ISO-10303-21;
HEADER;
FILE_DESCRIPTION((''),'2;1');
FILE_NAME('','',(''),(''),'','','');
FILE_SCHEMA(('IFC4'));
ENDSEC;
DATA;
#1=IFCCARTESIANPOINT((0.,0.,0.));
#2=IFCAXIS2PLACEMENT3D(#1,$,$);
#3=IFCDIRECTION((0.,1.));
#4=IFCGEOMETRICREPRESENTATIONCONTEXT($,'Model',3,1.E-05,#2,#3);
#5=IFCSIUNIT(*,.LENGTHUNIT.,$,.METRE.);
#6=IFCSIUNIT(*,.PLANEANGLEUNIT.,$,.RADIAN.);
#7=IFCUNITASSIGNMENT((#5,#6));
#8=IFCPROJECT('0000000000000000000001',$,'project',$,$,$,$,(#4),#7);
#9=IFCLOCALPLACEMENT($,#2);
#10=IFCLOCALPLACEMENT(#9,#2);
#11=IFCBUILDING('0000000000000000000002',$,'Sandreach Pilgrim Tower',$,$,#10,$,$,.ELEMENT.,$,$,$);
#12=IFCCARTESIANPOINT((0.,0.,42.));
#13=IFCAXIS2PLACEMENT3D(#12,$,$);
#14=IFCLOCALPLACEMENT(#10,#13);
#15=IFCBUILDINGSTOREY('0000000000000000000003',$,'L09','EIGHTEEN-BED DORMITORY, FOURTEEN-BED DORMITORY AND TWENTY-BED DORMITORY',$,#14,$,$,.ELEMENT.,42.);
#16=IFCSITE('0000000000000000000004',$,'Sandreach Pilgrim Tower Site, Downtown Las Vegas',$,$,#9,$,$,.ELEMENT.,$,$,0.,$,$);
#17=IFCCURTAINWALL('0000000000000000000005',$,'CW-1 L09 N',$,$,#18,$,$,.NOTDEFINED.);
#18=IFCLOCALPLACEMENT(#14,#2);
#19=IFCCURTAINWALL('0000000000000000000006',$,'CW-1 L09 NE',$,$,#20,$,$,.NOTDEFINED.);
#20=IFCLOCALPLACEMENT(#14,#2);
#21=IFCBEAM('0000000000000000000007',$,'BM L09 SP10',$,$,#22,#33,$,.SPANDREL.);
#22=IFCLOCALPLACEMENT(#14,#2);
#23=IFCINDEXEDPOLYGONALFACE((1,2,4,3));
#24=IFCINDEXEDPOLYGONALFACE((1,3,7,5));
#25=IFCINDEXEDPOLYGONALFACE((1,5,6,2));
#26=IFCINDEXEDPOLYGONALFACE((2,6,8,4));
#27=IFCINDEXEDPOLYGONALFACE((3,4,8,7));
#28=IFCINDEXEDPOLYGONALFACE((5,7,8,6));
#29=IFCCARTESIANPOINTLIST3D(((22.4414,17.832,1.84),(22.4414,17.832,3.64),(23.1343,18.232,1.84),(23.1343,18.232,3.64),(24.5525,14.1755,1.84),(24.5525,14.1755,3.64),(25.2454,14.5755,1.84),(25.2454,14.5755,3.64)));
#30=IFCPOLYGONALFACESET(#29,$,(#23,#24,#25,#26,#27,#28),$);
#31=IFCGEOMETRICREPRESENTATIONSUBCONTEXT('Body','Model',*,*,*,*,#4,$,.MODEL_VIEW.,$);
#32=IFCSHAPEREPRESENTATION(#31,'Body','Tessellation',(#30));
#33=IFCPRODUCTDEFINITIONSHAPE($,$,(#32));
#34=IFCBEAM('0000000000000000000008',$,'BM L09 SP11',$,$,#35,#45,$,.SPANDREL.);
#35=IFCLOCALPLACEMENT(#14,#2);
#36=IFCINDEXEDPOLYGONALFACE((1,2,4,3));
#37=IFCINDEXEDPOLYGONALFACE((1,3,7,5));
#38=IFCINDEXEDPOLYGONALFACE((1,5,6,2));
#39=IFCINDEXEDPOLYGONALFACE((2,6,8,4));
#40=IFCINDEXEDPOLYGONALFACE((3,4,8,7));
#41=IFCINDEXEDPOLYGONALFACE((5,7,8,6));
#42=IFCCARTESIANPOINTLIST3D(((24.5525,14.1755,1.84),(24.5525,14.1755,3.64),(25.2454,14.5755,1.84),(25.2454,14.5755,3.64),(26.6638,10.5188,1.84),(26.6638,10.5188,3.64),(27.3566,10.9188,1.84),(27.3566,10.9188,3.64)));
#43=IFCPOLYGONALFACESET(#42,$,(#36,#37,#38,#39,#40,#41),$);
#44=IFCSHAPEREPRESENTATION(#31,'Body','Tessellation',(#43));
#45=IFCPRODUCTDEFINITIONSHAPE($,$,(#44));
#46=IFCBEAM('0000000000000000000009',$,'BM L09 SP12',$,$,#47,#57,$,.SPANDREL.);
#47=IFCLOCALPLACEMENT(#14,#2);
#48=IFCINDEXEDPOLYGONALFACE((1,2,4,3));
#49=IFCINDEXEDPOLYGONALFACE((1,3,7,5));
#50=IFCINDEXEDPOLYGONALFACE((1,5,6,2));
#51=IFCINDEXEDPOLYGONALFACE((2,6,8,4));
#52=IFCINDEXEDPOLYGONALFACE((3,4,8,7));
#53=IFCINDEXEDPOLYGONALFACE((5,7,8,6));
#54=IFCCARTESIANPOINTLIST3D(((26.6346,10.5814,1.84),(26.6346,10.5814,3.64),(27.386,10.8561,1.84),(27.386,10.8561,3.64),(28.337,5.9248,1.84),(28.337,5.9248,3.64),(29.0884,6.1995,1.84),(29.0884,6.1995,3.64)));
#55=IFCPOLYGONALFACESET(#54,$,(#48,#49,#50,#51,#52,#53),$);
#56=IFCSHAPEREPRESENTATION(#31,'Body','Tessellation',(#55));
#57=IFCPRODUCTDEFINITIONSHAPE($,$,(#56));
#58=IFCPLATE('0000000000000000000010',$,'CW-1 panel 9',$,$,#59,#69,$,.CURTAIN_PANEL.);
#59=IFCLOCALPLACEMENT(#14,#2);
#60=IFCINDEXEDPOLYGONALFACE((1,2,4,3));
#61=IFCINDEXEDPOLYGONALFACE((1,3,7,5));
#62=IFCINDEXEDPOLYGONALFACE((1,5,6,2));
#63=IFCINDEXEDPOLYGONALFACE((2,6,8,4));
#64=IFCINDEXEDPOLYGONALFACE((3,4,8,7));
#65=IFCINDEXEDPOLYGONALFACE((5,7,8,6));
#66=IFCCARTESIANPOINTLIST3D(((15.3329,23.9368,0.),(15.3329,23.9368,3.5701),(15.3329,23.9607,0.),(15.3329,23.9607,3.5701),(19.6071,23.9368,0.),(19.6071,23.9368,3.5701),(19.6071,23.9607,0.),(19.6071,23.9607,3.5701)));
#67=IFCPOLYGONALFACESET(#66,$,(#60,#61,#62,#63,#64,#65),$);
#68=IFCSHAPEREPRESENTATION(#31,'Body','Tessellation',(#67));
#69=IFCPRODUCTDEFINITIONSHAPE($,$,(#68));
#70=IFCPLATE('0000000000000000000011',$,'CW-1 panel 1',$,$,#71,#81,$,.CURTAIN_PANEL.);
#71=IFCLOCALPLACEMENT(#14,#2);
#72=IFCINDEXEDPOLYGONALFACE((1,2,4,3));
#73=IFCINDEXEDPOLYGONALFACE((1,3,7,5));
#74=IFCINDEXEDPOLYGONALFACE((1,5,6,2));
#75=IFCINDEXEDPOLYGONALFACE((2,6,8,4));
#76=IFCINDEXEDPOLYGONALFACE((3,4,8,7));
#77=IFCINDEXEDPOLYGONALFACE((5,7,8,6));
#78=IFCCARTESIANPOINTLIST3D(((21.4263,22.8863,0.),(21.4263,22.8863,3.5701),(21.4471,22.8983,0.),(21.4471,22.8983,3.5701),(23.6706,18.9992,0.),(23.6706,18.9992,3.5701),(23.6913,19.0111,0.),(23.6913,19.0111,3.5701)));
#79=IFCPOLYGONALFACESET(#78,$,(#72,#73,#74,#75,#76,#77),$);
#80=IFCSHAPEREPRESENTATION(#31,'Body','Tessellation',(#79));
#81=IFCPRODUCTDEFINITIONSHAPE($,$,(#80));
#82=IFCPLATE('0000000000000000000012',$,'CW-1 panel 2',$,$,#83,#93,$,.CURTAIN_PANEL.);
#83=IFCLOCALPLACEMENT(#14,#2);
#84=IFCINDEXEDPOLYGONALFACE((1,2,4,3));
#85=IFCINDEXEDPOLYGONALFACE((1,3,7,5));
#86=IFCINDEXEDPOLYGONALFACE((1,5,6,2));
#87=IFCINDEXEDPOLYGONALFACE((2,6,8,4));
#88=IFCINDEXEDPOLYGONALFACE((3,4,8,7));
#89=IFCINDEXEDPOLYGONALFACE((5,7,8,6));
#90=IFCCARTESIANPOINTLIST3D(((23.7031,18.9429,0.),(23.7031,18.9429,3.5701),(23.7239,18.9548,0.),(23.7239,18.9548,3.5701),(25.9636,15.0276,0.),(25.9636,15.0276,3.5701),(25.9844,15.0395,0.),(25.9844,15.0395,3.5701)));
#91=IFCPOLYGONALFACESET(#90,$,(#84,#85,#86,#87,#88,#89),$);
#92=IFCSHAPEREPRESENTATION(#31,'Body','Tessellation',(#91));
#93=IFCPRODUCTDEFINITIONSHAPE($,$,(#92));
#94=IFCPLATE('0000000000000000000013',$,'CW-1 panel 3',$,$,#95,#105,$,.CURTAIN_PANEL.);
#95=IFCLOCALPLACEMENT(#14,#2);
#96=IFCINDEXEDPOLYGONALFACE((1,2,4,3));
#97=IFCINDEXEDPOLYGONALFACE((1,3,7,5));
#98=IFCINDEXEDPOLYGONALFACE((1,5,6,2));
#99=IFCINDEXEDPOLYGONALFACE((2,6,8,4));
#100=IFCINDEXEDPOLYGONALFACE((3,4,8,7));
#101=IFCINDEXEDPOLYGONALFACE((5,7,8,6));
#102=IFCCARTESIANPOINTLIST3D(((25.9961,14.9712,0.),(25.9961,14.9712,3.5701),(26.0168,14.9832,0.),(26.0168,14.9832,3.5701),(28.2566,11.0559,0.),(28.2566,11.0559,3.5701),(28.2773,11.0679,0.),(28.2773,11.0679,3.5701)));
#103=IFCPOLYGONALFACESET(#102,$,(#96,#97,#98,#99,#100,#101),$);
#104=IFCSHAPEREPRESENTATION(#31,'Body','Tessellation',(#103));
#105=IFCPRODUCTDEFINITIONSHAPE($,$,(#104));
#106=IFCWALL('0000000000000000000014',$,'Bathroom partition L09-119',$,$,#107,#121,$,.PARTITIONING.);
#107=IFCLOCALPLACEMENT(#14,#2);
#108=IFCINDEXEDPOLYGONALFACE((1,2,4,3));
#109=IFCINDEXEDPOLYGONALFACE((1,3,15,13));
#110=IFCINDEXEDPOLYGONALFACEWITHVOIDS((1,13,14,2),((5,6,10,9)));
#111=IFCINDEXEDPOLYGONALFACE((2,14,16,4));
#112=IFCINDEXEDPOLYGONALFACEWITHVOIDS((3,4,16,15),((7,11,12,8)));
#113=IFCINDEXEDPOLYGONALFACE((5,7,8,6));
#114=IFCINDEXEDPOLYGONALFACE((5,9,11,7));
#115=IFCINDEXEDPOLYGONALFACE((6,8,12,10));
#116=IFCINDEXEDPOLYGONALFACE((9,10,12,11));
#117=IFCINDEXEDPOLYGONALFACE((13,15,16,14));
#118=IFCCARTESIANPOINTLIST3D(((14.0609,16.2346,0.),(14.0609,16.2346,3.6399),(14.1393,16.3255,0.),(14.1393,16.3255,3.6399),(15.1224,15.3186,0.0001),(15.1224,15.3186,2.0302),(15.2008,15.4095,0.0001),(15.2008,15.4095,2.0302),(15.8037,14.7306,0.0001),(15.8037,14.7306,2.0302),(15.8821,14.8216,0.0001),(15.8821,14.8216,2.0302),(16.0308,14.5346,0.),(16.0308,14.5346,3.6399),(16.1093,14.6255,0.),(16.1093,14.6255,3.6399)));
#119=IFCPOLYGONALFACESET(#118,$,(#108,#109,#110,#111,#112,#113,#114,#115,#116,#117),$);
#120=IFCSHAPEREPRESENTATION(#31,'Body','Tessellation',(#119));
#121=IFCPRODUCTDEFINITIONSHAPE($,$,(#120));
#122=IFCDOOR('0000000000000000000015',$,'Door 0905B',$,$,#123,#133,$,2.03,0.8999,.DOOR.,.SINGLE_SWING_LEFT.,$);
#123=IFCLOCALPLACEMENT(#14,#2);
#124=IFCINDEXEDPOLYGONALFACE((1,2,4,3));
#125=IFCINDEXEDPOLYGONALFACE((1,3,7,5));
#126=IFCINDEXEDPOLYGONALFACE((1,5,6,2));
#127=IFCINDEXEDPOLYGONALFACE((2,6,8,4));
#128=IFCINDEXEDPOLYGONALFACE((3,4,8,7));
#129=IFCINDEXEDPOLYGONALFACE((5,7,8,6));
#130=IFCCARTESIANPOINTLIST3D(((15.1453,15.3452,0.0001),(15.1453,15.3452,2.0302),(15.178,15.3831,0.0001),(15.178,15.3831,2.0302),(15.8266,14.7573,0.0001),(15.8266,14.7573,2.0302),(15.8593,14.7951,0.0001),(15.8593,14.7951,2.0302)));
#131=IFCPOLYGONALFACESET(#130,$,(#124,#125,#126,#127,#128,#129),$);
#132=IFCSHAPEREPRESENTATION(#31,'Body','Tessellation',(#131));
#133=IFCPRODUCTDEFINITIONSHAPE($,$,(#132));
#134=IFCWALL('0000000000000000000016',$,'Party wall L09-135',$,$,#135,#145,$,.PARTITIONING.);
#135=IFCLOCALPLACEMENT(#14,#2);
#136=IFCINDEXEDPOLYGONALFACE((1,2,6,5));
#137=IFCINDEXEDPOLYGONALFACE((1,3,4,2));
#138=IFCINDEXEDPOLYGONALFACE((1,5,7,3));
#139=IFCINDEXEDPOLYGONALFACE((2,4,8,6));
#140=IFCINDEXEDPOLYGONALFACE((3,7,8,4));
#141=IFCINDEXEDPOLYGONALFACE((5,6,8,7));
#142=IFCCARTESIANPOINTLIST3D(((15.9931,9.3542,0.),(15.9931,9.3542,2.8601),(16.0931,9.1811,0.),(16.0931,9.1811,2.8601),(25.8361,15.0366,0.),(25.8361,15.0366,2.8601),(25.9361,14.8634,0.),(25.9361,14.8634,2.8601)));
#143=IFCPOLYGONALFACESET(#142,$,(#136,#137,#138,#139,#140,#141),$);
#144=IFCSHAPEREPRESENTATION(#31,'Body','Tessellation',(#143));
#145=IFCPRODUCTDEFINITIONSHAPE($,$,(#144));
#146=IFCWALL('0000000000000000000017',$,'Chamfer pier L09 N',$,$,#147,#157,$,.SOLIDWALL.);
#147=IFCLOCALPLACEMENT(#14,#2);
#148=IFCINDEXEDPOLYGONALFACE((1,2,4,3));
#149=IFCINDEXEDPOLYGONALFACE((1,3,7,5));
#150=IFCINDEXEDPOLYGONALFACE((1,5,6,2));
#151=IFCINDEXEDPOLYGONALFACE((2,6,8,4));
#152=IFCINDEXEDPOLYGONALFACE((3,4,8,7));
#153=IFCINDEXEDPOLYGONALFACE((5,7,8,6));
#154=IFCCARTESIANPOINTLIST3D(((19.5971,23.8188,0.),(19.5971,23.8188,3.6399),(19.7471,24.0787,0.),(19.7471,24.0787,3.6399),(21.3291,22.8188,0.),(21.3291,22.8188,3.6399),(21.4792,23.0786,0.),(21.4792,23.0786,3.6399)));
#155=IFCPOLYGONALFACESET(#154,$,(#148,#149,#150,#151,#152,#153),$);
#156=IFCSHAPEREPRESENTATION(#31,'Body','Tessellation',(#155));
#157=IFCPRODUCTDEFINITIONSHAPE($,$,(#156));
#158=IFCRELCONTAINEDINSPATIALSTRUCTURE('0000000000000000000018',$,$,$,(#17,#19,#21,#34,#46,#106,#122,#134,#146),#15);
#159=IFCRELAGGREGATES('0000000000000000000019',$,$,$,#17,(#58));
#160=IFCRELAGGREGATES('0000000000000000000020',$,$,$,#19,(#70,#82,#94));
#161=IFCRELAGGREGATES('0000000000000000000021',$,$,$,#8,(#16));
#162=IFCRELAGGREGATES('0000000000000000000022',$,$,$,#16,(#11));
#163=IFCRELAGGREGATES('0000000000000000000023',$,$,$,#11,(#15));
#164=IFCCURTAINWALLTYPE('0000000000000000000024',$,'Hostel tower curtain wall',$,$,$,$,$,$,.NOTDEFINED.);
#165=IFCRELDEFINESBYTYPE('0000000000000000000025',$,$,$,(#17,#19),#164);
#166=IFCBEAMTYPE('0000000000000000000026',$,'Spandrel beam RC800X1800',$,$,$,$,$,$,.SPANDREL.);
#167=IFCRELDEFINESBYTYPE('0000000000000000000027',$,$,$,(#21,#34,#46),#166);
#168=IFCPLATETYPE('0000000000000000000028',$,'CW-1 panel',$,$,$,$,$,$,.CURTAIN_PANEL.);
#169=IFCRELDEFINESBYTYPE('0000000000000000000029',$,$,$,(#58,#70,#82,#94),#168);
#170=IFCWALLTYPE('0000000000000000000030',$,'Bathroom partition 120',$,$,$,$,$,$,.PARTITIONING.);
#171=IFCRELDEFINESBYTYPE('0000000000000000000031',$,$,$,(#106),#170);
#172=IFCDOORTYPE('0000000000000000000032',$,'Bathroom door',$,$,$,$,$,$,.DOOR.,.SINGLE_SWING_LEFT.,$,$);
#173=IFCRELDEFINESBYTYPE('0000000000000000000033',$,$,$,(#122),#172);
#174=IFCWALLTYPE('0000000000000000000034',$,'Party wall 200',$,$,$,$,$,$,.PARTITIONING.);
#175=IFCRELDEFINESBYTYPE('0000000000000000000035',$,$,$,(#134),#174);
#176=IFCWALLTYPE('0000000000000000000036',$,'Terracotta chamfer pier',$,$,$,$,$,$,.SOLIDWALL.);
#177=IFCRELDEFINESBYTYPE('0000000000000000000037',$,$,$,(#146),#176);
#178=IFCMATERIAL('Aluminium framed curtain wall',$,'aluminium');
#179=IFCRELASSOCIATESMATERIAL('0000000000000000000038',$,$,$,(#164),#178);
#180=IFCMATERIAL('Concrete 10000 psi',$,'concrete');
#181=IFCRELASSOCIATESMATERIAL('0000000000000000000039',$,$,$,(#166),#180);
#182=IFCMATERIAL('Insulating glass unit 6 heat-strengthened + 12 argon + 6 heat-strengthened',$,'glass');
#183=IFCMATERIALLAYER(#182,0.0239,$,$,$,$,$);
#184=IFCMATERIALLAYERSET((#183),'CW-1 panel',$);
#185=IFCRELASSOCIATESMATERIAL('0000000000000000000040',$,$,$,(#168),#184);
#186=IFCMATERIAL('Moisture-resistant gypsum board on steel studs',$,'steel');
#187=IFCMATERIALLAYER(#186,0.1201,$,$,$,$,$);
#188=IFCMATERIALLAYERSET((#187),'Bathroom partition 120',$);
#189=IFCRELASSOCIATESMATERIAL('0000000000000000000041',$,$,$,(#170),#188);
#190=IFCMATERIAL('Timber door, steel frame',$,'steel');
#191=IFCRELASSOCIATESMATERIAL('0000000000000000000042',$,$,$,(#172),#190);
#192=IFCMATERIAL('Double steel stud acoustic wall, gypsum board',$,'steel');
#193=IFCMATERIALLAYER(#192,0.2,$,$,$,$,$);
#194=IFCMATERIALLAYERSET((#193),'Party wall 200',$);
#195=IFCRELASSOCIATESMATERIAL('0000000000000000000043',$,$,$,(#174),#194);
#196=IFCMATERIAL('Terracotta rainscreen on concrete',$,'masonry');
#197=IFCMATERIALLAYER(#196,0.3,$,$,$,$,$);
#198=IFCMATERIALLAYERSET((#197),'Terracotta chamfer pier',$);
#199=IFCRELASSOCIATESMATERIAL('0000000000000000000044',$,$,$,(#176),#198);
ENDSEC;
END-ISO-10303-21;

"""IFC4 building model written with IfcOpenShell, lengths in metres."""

from ifc_helpers import new_model, si_unit, direction, frame, frame_2d, origin, origin_2d, place, context, subcontext, project, spatial, rectangle, extrude, material, layer, layer_set, material_profile, profile_set, type_object, element, fill, aggregate, save


model = new_model("IFC4")

# Units and contexts
model_context = context("Model", 3, precision=1e-05, world=origin(), true_north=direction((0.0, 1.0)))
body_context = subcontext(model_context, "Body", "Model", "MODEL_VIEW")
ifc_project = project(units=[si_unit("LENGTHUNIT", "METRE"), si_unit("PLANEANGLEUNIT", "RADIAN")], contexts=[model_context])

# Site, building, storey
site_placement = place(None, origin())
site = spatial("IfcSite", under=ifc_project, at=site_placement, Name="Sandreach Pilgrim Tower Site, Downtown Las Vegas", CompositionType="ELEMENT", RefElevation=0.0)
building_placement = place(site_placement, origin())
building = spatial("IfcBuilding", under=site, at=building_placement, Name="Sandreach Pilgrim Tower", CompositionType="ELEMENT")
storey_placement = place(building_placement, frame((0.0, 0.0, 42.0)))
storey = spatial("IfcBuildingStorey", under=building, at=storey_placement, Name="L09", Description="EIGHTEEN-BED DORMITORY, FOURTEEN-BED DORMITORY AND TWENTY-BED DORMITORY", CompositionType="ELEMENT", Elevation=42.0)

# Curtain wall
ifc_material_1 = material(Name="Aluminium framed curtain wall", Category="aluminium")
curtain_wall_type = type_object("IfcCurtainWallType", Name="Hostel tower curtain wall", PredefinedType="NOTDEFINED", material=ifc_material_1)
curtain_wall_1_placement = place(storey_placement, origin())
curtain_wall_1 = element("IfcCurtainWall", 1, at=curtain_wall_1_placement, inside=storey, type_object=curtain_wall_type, Name="CW-1 L09 N", PredefinedType="NOTDEFINED")

# Curtain wall
curtain_wall_2_placement = place(storey_placement, origin())
curtain_wall_2 = element("IfcCurtainWall", 2, at=curtain_wall_2_placement, inside=storey, type_object=curtain_wall_type, Name="CW-1 L09 NE", PredefinedType="NOTDEFINED")

# Beams
ifc_material_2 = material(Name="Concrete 10000 psi", Category="concrete")
ifc_material_profile_1 = material_profile(ifc_material_2, rectangle(XDim=0.8, YDim=1.8, at=origin_2d()), Name="RC800X1800")
ifc_profile_set_1 = profile_set([ifc_material_profile_1], Name="Concrete 10000 psi")
beam_type_1 = type_object("IfcBeamType", Name="Spandrel beam RC800X1800", PredefinedType="SPANDREL", material=ifc_profile_set_1)
beam_1_placement = place(storey_placement, frame((22.7878, 18.032, 2.74), z_axis=(0.500001, -0.866025, 0.0), x_axis=(0.866025, 0.500001, 0.0)))
element("IfcBeam", 3, at=beam_1_placement, inside=storey, type_object=beam_type_1, Name="BM L09 SP10", PredefinedType="SPANDREL", context=body_context, shape_type="SweptSolid", body=[
    extrude(rectangle(XDim=0.8, YDim=1.8, at=origin_2d()), origin(), (0.0, 0.0, 1.0), 4.2222),
])
beam_2_placement = place(storey_placement, frame((24.8989, 14.3755, 2.74), z_axis=(0.500019, -0.866014, 0.0), x_axis=(0.866014, 0.500019, 0.0)))
element("IfcBeam", 4, at=beam_2_placement, inside=storey, type_object=beam_type_1, Name="BM L09 SP11", PredefinedType="SPANDREL", context=body_context, shape_type="SweptSolid", body=[
    extrude(rectangle(XDim=0.8, YDim=1.8, at=origin_2d()), origin(), (0.0, 0.0, 1.0), 4.2224),
])
beam_3_placement = place(storey_placement, frame((27.0103, 10.7188, 2.74), z_axis=(0.343368, -0.939201, 0.0), x_axis=(0.939201, 0.343368, 0.0)))
element("IfcBeam", 5, at=beam_3_placement, inside=storey, type_object=beam_type_1, Name="BM L09 SP12", PredefinedType="SPANDREL", context=body_context, shape_type="SweptSolid", body=[
    extrude(rectangle(XDim=0.8, YDim=1.8, at=origin_2d()), origin(), (0.0, 0.0, 1.0), 4.958),
])

# Plates
ifc_material_3 = material(Name="Insulating glass unit 6 heat-strengthened + 12 argon + 6 heat-strengthened", Category="glass")
ifc_layer_1 = layer(ifc_material_3, 0.0239)
ifc_layer_set_1 = layer_set([ifc_layer_1], Name="CW-1 panel")
plate_type = type_object("IfcPlateType", Name="CW-1 panel", PredefinedType="CURTAIN_PANEL", material=ifc_layer_set_1)
plate_1_placement = place(storey_placement, frame((17.47, 23.9487, 0.0), z_axis=(0.0, 0.0, 1.0), x_axis=(1.0, 0.0, 0.0)))
plate_1 = element("IfcPlate", 6, at=plate_1_placement, type_object=plate_type, Name="CW-1 panel 9", PredefinedType="CURTAIN_PANEL", context=body_context, shape_type="SweptSolid", body=[
    extrude(rectangle(XDim=4.2742, YDim=0.0239, at=origin_2d()), origin(), (0.0, 0.0, 1.0), 3.5701),
])
aggregate(curtain_wall_1, [plate_1])
plate_2_placement = place(storey_placement, frame((22.5588, 20.9487, 0.0), z_axis=(0.0, 0.0, 1.0), x_axis=(0.5, -0.866025, 0.0)))
plate_2 = element("IfcPlate", 7, at=plate_2_placement, type_object=plate_type, Name="CW-1 panel 1", PredefinedType="CURTAIN_PANEL", context=body_context, shape_type="SweptSolid", body=[
    extrude(rectangle(XDim=4.4885, YDim=0.0239, at=origin_2d()), origin(), (0.0, 0.0, 1.0), 3.5701),
])
plate_3_placement = place(storey_placement, frame((24.8438, 16.9912, 0.0), z_axis=(0.0, 0.0, 1.0), x_axis=(0.5, -0.866025, 0.0)))
plate_3 = element("IfcPlate", 8, at=plate_3_placement, type_object=plate_type, Name="CW-1 panel 2", PredefinedType="CURTAIN_PANEL", context=body_context, shape_type="SweptSolid", body=[
    extrude(rectangle(XDim=4.521, YDim=0.0239, at=origin_2d()), origin(), (0.0, 0.0, 1.0), 3.5701),
])
plate_4_placement = place(storey_placement, frame((27.1367, 13.0195, 0.0), z_axis=(0.0, 0.0, 1.0), x_axis=(0.5, -0.866025, 0.0)))
plate_4 = element("IfcPlate", 9, at=plate_4_placement, type_object=plate_type, Name="CW-1 panel 3", PredefinedType="CURTAIN_PANEL", context=body_context, shape_type="SweptSolid", body=[
    extrude(rectangle(XDim=4.521, YDim=0.0239, at=origin_2d()), origin(), (0.0, 0.0, 1.0), 3.5701),
])
aggregate(curtain_wall_2, [plate_2, plate_3, plate_4])

# Wall, opening, door
ifc_material_4 = material(Name="Moisture-resistant gypsum board on steel studs", Category="steel")
ifc_layer_2 = layer(ifc_material_4, 0.1201)
ifc_layer_set_2 = layer_set([ifc_layer_2], Name="Bathroom partition 120")
wall_type_1 = type_object("IfcWallType", Name="Bathroom partition 120", PredefinedType="PARTITIONING", material=ifc_layer_set_2)
wall_1_placement = place(storey_placement, frame((16.0701, 14.5801, 0.0), z_axis=(0.0, 0.0, 1.0), x_axis=(-0.757087, 0.653314, 0.0)))
wall_1 = element("IfcWall", 10, at=wall_1_placement, inside=storey, type_object=wall_type_1, Name="Bathroom partition L09-119", PredefinedType="PARTITIONING", context=body_context, shape_type="SweptSolid", body=[
    extrude(rectangle(XDim=2.6021, YDim=0.1201, at=frame_2d((1.301, 0.0))), origin(), (0.0, 0.0, 1.0), 3.6399),
])
opening_placement = place(wall_1_placement, frame((0.3, 0.0, 0.0)))
opening = element("IfcOpeningElement", 11, at=opening_placement, cuts=wall_1, PredefinedType="OPENING", context=body_context, shape_type="SweptSolid", body=[
    extrude(rectangle(XDim=0.8999, YDim=2.03, at=frame_2d((0.45, 1.0151))), frame((0.0, 0.0601, 0.0), z_axis=(0.0, -1.0, 0.0), x_axis=(1.0, 0.0, 0.0)), (0.0, 0.0, 1.0), 0.1201),
])
ifc_material_5 = material(Name="Timber door, steel frame", Category="steel")
door_type = type_object("IfcDoorType", Name="Bathroom door", OperationType="SINGLE_SWING_LEFT", PredefinedType="DOOR", material=ifc_material_5)
door_placement = place(opening_placement, origin())
door = element("IfcDoor", 12, at=door_placement, inside=storey, type_object=door_type, Name="Door 0905B", OperationType="SINGLE_SWING_LEFT", OverallHeight=2.03, OverallWidth=0.8999, PredefinedType="DOOR", context=body_context, shape_type="SweptSolid", body=[
    extrude(rectangle(XDim=0.8999, YDim=2.03, at=frame_2d((0.45, 1.0151))), frame((0.0, 0.0249, 0.0), z_axis=(0.0, -1.0, 0.0), x_axis=(1.0, 0.0, 0.0)), (0.0, 0.0, 1.0), 0.05),
])
fill(opening, door)

# Walls
ifc_material_6 = material(Name="Double steel stud acoustic wall, gypsum board", Category="steel")
ifc_layer_3 = layer(ifc_material_6, 0.2)
ifc_layer_set_3 = layer_set([ifc_layer_3], Name="Party wall 200")
wall_type_2 = type_object("IfcWallType", Name="Party wall 200", PredefinedType="PARTITIONING", material=ifc_layer_set_3)
wall_2_placement = place(storey_placement, frame((25.886, 14.95, 0.0), z_axis=(0.0, 0.0, 1.0), x_axis=(-0.866044, -0.499967, 0.0)))
element("IfcWall", 13, at=wall_2_placement, inside=storey, type_object=wall_type_2, Name="Party wall L09-135", PredefinedType="PARTITIONING", context=body_context, shape_type="SweptSolid", body=[
    extrude(rectangle(XDim=11.3655, YDim=0.2, at=frame_2d((5.6826, 0.0))), origin(), (0.0, 0.0, 1.0), 2.8601),
])
ifc_material_7 = material(Name="Terracotta rainscreen on concrete", Category="masonry")
ifc_layer_4 = layer(ifc_material_7, 0.3)
ifc_layer_set_4 = layer_set([ifc_layer_4], Name="Terracotta chamfer pier")
wall_type_3 = type_object("IfcWallType", Name="Terracotta chamfer pier", PredefinedType="SOLIDWALL", material=ifc_layer_set_4)
wall_3_placement = place(storey_placement, frame((19.6721, 23.9487, 0.0), z_axis=(0.0, 0.0, 1.0), x_axis=(0.866011, -0.500025, 0.0)))
element("IfcWall", 14, at=wall_3_placement, inside=storey, type_object=wall_type_3, Name="Chamfer pier L09 N", PredefinedType="SOLIDWALL", context=body_context, shape_type="SweptSolid", body=[
    extrude(rectangle(XDim=2.0, YDim=0.3, at=frame_2d((1.0, 0.0))), origin(), (0.0, 0.0, 1.0), 3.6399),
])

save(model, "model.ifc")
